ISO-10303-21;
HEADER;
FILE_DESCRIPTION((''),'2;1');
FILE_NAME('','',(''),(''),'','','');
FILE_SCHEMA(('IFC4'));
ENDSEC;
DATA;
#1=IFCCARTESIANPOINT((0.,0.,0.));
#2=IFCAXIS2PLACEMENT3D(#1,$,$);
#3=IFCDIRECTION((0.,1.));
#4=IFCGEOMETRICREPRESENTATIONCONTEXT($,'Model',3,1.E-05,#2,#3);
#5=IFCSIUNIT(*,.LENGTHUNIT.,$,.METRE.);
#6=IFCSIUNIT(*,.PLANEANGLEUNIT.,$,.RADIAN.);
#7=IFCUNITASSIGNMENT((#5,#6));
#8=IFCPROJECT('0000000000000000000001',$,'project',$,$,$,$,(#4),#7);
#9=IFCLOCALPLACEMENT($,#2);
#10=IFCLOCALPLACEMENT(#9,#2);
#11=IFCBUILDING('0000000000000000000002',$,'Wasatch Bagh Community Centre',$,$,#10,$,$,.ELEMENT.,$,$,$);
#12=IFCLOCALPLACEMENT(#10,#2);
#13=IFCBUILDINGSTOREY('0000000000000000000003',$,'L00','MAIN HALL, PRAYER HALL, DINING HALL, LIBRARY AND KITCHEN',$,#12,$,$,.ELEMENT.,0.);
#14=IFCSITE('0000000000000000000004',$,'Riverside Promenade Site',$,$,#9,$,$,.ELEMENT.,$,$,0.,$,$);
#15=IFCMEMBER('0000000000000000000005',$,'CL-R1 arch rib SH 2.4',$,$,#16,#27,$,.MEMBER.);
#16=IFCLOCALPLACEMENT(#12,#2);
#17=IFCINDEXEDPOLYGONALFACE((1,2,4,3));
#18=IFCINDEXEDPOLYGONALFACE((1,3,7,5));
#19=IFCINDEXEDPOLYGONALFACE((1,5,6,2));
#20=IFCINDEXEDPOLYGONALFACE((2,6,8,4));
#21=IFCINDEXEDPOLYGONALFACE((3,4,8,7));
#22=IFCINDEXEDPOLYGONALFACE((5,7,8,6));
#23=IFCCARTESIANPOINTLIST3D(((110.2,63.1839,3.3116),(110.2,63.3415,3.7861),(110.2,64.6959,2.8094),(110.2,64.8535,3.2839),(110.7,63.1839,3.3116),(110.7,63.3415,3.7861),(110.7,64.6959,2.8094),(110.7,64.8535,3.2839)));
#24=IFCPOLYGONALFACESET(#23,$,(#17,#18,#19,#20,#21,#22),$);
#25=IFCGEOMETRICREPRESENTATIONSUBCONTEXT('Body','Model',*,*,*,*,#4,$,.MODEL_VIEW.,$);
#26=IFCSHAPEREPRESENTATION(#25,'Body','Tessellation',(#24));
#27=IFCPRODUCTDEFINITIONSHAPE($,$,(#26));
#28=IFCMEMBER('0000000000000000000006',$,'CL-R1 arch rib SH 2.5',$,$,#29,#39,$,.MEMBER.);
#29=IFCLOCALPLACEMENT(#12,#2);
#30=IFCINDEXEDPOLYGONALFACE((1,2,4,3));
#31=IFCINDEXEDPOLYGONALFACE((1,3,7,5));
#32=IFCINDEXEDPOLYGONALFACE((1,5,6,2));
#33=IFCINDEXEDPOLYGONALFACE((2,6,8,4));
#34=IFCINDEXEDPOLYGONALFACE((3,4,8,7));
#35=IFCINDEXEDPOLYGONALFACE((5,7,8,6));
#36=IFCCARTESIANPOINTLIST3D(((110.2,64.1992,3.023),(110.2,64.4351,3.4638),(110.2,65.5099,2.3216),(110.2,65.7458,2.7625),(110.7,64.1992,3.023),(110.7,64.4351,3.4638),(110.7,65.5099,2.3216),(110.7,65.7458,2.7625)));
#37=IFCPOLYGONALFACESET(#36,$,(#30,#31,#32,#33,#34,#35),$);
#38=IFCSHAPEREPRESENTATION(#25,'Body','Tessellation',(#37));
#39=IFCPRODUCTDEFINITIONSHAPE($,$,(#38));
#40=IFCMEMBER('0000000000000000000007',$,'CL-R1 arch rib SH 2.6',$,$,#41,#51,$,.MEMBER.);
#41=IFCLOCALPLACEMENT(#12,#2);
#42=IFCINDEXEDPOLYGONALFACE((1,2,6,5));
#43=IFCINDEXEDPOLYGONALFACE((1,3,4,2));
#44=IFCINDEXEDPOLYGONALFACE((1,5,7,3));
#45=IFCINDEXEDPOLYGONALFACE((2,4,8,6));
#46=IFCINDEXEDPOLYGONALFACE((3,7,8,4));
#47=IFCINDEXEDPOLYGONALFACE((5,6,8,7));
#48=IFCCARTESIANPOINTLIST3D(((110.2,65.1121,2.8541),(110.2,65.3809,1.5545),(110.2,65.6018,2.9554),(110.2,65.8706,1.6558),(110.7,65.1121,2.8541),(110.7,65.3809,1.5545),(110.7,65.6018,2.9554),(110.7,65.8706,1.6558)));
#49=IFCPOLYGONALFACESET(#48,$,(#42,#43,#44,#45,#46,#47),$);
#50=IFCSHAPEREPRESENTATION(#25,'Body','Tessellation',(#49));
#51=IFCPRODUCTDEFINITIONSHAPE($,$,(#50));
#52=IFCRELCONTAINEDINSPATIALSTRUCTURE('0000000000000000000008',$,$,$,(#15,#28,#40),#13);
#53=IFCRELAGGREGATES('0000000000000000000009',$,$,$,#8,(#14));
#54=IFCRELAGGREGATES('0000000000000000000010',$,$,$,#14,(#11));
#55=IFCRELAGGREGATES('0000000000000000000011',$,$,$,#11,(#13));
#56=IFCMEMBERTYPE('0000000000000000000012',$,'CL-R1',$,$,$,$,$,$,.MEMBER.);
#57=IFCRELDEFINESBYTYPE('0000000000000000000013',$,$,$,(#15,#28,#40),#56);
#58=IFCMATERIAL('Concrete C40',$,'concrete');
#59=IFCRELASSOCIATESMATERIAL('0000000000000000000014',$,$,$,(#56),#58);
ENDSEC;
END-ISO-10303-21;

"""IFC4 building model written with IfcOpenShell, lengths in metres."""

from ifc_helpers import new_model, si_unit, direction, frame, origin, origin_2d, place, context, subcontext, project, spatial, rectangle, extrude, material, material_profile, profile_set, type_object, element, save


model = new_model("IFC4")

# Units and contexts
model_context = context("Model", 3, precision=1e-05, world=origin(), true_north=direction((0.0, 1.0)))
body_context = subcontext(model_context, "Body", "Model", "MODEL_VIEW")
ifc_project = project(units=[si_unit("LENGTHUNIT", "METRE"), si_unit("PLANEANGLEUNIT", "RADIAN")], contexts=[model_context])

# Site, building, storey
site_placement = place(None, origin())
site = spatial("IfcSite", under=ifc_project, at=site_placement, Name="Riverside Promenade Site", CompositionType="ELEMENT", RefElevation=0.0)
building_placement = place(site_placement, origin())
building = spatial("IfcBuilding", under=site, at=building_placement, Name="Wasatch Bagh Community Centre", CompositionType="ELEMENT")
storey_placement = place(building_placement, origin())
storey = spatial("IfcBuildingStorey", under=building, at=storey_placement, Name="L00", Description="MAIN HALL, PRAYER HALL, DINING HALL, LIBRARY AND KITCHEN", CompositionType="ELEMENT", Elevation=0.0)

# Shared definitions
ifc_material_1 = material(Name="Concrete C40", Category="concrete")

# Members
ifc_material_profile_1 = material_profile(ifc_material_1, rectangle(XDim=0.5, YDim=0.5, at=origin_2d()), Name="RC 500x500")
ifc_profile_set_1 = profile_set([ifc_material_profile_1], Name="Concrete C40")
member_type = type_object("IfcMemberType", Name="CL-R1", PredefinedType="MEMBER", material=ifc_profile_set_1)
for number, where, z_axis, x_axis, name in (
    (1, (110.45, 63.2627, 3.5488), (0.0, 0.94902, -0.315216), (-1.0, 0.0, 0.0), "CL-R1 arch rib SH 2.4"),
):
    element("IfcMember", number, at=place(storey_placement, frame(where, z_axis=z_axis, x_axis=x_axis)), inside=storey, type_object=member_type, Name=name, PredefinedType="MEMBER", context=body_context, shape_type="SweptSolid", body=[
        extrude(rectangle(XDim=0.5, YDim=0.5, at=origin_2d()), origin(), (0.0, 0.0, 1.0), 1.5933),
    ])
member_1_placement = place(storey_placement, frame((110.45, 64.3171, 3.2434), z_axis=(0.0, 0.881702, -0.471807), x_axis=(-1.0, 0.0, 0.0)))
element("IfcMember", 2, at=member_1_placement, inside=storey, type_object=member_type, Name="CL-R1 arch rib SH 2.5", PredefinedType="MEMBER", context=body_context, shape_type="SweptSolid", body=[
    extrude(rectangle(XDim=0.5, YDim=0.5, at=origin_2d()), origin(), (0.0, 0.0, 1.0), 1.4866),
])
member_2_placement = place(storey_placement, frame((110.45, 65.3569, 2.9048), z_axis=(0.0, 0.202551, -0.979272), x_axis=(-1.0, 0.0, 0.0)))
element("IfcMember", 3, at=member_2_placement, inside=storey, type_object=member_type, Name="CL-R1 arch rib SH 2.6", PredefinedType="MEMBER", context=body_context, shape_type="SweptSolid", body=[
    extrude(rectangle(XDim=0.5, YDim=0.5, at=origin_2d()), origin(), (0.0, 0.0, 1.0), 1.3271),
])

save(model, "model.ifc")
